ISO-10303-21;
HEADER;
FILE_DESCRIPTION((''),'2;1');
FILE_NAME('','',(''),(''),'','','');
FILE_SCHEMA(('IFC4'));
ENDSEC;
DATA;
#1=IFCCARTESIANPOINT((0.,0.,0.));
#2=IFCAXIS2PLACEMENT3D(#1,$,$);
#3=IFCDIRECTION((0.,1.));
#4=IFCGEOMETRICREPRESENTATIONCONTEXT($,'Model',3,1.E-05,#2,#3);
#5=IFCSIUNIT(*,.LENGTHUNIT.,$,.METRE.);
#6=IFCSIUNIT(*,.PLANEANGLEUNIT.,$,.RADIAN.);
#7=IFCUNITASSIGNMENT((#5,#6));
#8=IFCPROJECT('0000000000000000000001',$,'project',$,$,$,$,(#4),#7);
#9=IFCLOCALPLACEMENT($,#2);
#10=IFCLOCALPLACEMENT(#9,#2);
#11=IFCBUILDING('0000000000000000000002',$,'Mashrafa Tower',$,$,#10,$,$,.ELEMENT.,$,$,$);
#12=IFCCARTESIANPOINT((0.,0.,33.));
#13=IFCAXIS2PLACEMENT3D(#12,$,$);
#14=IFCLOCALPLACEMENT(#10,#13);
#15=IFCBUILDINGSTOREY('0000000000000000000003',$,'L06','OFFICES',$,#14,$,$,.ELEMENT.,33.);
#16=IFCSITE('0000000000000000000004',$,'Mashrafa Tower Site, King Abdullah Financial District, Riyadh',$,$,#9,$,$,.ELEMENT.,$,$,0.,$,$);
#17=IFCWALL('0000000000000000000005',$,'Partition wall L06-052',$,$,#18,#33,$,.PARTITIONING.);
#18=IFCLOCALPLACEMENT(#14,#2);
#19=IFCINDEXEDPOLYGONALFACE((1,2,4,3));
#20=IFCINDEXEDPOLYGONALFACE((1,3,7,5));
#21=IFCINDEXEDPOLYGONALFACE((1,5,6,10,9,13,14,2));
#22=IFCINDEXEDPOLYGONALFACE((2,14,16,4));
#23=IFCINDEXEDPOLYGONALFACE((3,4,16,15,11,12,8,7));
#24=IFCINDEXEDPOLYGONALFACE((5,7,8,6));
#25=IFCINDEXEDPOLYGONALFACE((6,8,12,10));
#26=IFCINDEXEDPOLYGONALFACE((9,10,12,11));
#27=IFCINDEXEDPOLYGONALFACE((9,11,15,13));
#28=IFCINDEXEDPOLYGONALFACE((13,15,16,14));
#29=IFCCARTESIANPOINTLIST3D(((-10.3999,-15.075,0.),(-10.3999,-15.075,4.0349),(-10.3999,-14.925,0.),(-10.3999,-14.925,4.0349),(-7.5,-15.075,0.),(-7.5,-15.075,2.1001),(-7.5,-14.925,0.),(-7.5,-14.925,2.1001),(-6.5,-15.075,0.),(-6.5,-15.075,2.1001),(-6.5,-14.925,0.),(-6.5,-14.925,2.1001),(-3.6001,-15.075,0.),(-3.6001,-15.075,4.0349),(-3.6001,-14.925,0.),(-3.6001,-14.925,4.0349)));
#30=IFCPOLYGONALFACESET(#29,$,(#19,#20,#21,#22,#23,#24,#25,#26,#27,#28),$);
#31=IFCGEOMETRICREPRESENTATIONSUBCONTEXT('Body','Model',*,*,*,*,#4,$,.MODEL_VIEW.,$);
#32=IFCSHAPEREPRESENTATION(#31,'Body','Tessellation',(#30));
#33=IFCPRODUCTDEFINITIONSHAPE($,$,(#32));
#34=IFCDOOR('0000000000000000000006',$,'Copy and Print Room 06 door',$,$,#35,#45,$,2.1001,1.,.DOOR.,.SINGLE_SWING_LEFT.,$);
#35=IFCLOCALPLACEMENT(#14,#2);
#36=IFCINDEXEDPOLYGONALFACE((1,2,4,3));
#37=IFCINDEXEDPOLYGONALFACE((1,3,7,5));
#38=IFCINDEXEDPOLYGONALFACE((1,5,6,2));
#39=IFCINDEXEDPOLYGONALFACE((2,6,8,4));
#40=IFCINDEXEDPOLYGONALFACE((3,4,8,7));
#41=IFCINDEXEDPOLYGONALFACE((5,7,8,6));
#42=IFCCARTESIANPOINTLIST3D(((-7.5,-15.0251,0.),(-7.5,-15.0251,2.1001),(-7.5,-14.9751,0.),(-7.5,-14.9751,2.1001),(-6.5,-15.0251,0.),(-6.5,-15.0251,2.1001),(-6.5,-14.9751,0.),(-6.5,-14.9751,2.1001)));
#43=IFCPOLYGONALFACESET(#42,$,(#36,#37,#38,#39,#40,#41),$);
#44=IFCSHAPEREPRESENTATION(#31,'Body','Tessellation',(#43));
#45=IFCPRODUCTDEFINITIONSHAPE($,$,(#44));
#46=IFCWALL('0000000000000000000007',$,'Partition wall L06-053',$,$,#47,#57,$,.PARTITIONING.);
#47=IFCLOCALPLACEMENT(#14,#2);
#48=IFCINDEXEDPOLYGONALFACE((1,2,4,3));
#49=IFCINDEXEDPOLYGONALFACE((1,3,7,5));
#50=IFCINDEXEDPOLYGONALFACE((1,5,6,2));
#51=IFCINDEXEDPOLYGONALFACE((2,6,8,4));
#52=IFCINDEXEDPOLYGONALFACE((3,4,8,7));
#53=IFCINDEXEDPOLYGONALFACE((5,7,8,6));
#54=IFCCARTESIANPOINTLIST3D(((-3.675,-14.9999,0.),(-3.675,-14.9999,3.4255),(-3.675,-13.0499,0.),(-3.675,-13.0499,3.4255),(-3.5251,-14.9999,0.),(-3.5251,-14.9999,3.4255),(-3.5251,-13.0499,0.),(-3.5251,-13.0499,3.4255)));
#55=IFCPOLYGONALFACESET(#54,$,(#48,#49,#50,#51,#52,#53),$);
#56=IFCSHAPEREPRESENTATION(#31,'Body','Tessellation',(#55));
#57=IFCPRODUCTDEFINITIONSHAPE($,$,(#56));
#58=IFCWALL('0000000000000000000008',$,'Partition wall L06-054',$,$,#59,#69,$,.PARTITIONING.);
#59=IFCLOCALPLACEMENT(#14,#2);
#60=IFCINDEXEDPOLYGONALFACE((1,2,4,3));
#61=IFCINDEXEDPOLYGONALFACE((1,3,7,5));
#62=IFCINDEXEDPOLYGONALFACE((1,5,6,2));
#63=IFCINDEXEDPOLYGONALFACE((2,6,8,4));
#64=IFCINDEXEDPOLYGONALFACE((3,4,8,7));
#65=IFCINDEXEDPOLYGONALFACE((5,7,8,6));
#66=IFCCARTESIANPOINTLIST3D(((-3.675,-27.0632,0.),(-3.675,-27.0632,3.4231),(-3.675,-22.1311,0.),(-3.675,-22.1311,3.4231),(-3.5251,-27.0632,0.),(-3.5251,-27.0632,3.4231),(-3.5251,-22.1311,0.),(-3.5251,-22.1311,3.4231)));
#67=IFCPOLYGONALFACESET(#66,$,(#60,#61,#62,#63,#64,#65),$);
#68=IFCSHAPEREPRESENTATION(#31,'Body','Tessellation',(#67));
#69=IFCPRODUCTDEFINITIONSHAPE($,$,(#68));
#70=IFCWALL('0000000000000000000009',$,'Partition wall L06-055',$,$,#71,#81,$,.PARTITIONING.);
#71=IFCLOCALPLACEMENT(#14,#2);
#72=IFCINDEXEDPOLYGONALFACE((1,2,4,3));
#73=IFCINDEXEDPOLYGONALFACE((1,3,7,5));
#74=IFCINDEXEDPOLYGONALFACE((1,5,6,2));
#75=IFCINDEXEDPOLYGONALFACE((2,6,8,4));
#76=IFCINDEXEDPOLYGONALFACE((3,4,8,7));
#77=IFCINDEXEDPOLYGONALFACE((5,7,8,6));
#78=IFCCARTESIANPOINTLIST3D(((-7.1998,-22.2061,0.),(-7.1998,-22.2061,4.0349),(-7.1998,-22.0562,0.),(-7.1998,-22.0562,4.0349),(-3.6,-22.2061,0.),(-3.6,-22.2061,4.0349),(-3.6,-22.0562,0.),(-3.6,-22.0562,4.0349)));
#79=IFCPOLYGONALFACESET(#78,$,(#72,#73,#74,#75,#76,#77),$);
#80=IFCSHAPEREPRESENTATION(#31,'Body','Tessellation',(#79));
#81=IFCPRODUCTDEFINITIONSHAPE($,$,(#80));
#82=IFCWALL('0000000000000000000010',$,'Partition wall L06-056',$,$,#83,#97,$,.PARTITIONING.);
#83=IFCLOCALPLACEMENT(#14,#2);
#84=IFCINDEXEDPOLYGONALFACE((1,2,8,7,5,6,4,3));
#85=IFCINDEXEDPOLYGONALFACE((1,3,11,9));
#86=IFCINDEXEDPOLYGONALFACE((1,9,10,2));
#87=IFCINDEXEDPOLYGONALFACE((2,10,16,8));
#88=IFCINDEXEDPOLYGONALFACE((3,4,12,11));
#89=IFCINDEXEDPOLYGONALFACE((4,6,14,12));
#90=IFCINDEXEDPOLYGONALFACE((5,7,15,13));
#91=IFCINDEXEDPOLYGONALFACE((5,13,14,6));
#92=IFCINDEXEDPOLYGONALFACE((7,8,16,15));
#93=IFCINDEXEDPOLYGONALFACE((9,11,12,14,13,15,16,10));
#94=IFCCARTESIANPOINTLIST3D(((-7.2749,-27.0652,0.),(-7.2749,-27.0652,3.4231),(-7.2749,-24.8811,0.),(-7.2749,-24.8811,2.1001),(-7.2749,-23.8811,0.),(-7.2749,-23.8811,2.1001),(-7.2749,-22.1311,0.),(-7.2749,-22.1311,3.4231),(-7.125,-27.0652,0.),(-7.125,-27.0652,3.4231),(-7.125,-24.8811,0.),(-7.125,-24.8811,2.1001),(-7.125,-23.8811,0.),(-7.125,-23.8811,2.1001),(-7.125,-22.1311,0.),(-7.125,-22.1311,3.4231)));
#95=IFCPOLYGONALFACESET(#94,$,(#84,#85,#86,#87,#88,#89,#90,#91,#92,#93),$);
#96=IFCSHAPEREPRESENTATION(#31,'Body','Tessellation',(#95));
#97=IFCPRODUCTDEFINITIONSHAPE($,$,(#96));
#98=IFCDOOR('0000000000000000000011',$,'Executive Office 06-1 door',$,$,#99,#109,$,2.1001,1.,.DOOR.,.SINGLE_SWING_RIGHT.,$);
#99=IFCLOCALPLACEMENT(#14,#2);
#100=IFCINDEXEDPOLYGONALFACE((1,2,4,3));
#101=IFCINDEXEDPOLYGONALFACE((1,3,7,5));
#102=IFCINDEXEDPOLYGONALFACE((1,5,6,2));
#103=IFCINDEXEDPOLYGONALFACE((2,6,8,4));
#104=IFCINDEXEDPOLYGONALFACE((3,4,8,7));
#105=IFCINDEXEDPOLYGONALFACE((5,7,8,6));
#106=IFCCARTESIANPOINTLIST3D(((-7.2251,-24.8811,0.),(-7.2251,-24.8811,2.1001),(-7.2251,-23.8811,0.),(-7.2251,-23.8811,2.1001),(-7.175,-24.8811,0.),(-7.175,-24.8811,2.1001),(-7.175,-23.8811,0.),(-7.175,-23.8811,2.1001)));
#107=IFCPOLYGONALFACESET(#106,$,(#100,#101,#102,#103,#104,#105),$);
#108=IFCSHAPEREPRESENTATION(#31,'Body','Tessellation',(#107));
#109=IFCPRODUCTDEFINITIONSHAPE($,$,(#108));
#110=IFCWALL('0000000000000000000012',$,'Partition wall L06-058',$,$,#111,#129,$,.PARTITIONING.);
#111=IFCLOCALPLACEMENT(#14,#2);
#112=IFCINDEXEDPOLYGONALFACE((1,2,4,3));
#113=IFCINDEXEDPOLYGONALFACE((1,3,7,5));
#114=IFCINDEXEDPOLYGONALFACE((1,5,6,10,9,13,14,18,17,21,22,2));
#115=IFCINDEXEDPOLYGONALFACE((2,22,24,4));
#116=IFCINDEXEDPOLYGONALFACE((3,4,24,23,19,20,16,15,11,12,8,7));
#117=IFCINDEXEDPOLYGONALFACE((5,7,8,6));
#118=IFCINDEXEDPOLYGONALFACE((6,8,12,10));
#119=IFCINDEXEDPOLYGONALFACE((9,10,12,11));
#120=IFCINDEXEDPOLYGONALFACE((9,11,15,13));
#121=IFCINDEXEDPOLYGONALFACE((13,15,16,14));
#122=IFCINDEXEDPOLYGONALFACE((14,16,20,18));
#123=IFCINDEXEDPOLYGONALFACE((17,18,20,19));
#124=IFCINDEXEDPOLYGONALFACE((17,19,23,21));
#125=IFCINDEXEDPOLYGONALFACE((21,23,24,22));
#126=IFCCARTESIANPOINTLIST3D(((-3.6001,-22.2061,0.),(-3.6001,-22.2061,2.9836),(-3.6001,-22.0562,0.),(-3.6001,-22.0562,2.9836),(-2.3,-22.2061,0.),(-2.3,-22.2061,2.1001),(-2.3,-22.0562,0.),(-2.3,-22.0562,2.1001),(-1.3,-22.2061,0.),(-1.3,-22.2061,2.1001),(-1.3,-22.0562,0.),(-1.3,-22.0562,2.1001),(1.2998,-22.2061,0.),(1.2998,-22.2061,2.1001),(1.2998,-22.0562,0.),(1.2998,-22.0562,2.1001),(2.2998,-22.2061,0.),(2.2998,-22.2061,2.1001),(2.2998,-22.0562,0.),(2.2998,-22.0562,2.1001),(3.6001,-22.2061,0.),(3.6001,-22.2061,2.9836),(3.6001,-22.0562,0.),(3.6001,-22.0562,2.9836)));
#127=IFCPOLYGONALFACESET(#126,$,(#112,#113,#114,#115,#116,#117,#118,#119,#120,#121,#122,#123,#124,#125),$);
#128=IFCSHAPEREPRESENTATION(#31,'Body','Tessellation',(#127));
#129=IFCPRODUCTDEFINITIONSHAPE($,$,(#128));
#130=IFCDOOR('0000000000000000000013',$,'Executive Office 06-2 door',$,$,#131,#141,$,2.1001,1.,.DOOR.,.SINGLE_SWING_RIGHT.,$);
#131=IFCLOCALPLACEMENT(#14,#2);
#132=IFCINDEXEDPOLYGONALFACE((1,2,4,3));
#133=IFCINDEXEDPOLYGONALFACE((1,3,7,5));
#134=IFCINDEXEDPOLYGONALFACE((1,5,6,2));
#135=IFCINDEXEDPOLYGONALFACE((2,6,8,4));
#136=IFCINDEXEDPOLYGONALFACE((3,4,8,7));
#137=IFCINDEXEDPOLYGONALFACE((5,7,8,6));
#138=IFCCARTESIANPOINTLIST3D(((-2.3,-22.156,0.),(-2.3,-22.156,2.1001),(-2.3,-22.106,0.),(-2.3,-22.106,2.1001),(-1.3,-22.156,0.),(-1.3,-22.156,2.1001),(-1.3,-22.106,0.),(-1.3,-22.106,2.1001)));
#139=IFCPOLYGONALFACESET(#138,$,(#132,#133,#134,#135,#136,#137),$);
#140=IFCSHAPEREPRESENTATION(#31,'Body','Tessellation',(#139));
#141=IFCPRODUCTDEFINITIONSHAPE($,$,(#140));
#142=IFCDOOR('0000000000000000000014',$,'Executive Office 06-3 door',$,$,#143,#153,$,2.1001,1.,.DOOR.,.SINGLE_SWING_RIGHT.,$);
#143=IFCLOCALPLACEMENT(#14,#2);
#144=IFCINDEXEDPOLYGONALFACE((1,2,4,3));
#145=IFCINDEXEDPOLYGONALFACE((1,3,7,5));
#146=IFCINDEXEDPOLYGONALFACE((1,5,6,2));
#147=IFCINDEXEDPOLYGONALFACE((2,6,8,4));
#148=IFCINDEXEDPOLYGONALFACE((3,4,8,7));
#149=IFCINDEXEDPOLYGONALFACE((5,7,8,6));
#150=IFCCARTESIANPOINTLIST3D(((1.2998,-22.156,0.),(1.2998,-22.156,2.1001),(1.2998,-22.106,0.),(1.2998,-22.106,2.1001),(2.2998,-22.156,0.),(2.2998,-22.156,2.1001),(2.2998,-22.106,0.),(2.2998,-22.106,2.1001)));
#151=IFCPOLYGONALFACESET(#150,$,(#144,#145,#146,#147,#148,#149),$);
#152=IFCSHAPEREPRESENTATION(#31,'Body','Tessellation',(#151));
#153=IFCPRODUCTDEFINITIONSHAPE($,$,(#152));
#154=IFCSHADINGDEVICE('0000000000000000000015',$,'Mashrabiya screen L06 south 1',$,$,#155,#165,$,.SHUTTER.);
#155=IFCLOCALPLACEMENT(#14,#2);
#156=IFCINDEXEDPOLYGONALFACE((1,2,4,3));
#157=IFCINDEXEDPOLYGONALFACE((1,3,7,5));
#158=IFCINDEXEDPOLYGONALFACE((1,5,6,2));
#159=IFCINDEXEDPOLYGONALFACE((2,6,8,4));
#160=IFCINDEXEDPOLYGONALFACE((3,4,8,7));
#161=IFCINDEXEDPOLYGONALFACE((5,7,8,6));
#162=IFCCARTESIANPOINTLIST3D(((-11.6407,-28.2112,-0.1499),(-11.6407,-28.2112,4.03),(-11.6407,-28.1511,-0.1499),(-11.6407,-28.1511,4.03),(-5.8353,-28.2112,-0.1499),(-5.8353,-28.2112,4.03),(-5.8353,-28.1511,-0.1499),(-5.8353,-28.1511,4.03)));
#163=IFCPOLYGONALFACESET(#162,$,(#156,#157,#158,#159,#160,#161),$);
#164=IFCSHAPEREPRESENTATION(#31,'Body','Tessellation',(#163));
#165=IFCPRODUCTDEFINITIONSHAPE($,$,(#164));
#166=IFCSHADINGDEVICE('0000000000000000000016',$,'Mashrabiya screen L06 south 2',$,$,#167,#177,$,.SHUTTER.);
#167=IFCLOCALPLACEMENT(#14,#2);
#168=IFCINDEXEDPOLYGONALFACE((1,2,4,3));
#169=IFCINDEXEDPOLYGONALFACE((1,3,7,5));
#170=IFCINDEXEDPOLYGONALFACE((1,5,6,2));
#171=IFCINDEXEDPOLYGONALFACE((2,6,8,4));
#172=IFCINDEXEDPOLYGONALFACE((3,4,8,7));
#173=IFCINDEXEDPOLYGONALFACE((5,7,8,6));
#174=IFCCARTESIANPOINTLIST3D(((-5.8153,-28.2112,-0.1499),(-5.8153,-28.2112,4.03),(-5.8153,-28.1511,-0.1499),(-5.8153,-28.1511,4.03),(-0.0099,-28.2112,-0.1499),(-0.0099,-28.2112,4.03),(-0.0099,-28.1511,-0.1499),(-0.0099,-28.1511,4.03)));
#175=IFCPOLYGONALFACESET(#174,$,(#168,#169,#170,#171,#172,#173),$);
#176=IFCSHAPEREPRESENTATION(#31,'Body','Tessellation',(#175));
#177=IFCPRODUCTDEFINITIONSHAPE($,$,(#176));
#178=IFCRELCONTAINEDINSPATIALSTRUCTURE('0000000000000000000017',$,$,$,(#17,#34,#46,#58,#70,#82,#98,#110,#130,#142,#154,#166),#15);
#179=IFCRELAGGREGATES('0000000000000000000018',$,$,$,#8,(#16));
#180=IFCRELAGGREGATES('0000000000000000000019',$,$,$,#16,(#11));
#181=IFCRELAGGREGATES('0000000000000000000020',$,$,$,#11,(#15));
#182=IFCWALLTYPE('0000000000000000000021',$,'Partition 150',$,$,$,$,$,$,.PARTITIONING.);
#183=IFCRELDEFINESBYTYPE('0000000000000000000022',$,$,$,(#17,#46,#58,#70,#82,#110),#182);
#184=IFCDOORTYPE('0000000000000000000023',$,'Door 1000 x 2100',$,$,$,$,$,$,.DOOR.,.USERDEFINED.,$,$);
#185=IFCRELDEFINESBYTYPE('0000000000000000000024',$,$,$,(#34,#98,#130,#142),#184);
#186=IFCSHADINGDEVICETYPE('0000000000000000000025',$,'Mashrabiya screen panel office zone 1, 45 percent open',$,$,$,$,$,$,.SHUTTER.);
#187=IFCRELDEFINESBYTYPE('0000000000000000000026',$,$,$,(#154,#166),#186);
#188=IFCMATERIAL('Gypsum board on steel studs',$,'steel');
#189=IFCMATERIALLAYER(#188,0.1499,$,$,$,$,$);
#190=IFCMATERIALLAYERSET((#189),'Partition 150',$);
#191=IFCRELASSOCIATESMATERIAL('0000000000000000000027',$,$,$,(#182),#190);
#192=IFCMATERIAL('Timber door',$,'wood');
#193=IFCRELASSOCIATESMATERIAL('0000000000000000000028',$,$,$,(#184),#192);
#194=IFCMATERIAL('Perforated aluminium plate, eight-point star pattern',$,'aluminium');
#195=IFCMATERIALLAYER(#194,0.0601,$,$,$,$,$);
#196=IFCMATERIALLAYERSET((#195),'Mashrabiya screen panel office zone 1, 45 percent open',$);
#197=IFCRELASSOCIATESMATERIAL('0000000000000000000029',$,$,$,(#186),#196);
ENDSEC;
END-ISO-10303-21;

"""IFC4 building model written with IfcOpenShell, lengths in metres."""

from ifc_helpers import new_model, si_unit, direction, frame, frame_2d, origin, origin_2d, place, context, subcontext, project, spatial, rectangle, extrude, source, transform, mapped, material, layer, layer_set, type_object, type_shapes, element, fill, save


model = new_model("IFC4")

# Units and contexts
model_context = context("Model", 3, precision=1e-05, world=origin(), true_north=direction((0.0, 1.0)))
body_context = subcontext(model_context, "Body", "Model", "MODEL_VIEW")
ifc_project = project(units=[si_unit("LENGTHUNIT", "METRE"), si_unit("PLANEANGLEUNIT", "RADIAN")], contexts=[model_context])

# Site, building, storey
site_placement = place(None, origin())
site = spatial("IfcSite", under=ifc_project, at=site_placement, Name="Mashrafa Tower Site, King Abdullah Financial District, Riyadh", CompositionType="ELEMENT", RefElevation=0.0)
building_placement = place(site_placement, origin())
building = spatial("IfcBuilding", under=site, at=building_placement, Name="Mashrafa Tower", CompositionType="ELEMENT")
storey_placement = place(building_placement, frame((0.0, 0.0, 33.0)))
storey = spatial("IfcBuildingStorey", under=building, at=storey_placement, Name="L06", Description="OFFICES", CompositionType="ELEMENT", Elevation=33.0)

# Wall, opening, door
ifc_material_1 = material(Name="Gypsum board on steel studs", Category="steel")
ifc_layer_1 = layer(ifc_material_1, 0.1499)
ifc_layer_set_1 = layer_set([ifc_layer_1], Name="Partition 150")
wall_type = type_object("IfcWallType", Name="Partition 150", PredefinedType="PARTITIONING", material=ifc_layer_set_1)
wall_1_placement = place(storey_placement, frame((-10.3999, -15.0, 0.0), z_axis=(0.0, 0.0, 1.0), x_axis=(1.0, 0.0, 0.0)))
wall_1 = element("IfcWall", 1, at=wall_1_placement, inside=storey, type_object=wall_type, Name="Partition wall L06-052", PredefinedType="PARTITIONING", context=body_context, shape_type="SweptSolid", body=[
    extrude(rectangle(XDim=6.7998, YDim=0.1499, at=frame_2d((3.3999, 0.0))), origin(), (0.0, 0.0, 1.0), 4.0349),
])
opening_1_placement = place(wall_1_placement, frame((2.8999, 0.0, 0.0)))
opening_1 = element("IfcOpeningElement", 2, at=opening_1_placement, cuts=wall_1, PredefinedType="OPENING", context=body_context, shape_type="SweptSolid", body=[
    extrude(rectangle(XDim=1.0, YDim=2.1001, at=frame_2d((0.5, 1.05))), frame((0.0, 0.085, 0.0), z_axis=(0.0, -1.0, 0.0), x_axis=(1.0, 0.0, 0.0)), (0.0, 0.0, 1.0), 0.1699),
])
ifc_material_2 = material(Name="Timber door", Category="wood")
door_type = type_object("IfcDoorType", Name="Door 1000 x 2100", OperationType="USERDEFINED", PredefinedType="DOOR", material=ifc_material_2)
door_1_placement = place(opening_1_placement, origin())
door_1 = element("IfcDoor", 3, at=door_1_placement, inside=storey, type_object=door_type, Name="Copy and Print Room 06 door", OperationType="SINGLE_SWING_LEFT", OverallHeight=2.1001, OverallWidth=1.0, PredefinedType="DOOR", context=body_context, shape_type="SweptSolid", body=[
    extrude(rectangle(XDim=1.0, YDim=2.1001, at=frame_2d((0.5, 1.05))), frame((0.0, 0.0249, 0.0), z_axis=(0.0, -1.0, 0.0), x_axis=(1.0, 0.0, 0.0)), (0.0, 0.0, 1.0), 0.05),
])
fill(opening_1, door_1)

# Walls
wall_2_placement = place(storey_placement, frame((-3.6001, -15.0, 0.0), z_axis=(0.0, 0.0, 1.0), x_axis=(0.0, 1.0, 0.0)))
element("IfcWall", 4, at=wall_2_placement, inside=storey, type_object=wall_type, Name="Partition wall L06-053", PredefinedType="PARTITIONING", context=body_context, shape_type="SweptSolid", body=[
    extrude(rectangle(XDim=1.95, YDim=0.1499, at=frame_2d((0.9751, 0.0))), origin(), (0.0, 0.0, 1.0), 3.4255),
])
wall_3_placement = place(storey_placement, frame((-3.6001, -27.0632, 0.0), z_axis=(0.0, 0.0, 1.0), x_axis=(0.0, 1.0, 0.0)))
element("IfcWall", 5, at=wall_3_placement, inside=storey, type_object=wall_type, Name="Partition wall L06-054", PredefinedType="PARTITIONING", context=body_context, shape_type="SweptSolid", body=[
    extrude(rectangle(XDim=4.9321, YDim=0.1499, at=frame_2d((2.4661, 0.0))), origin(), (0.0, 0.0, 1.0), 3.4231),
])
wall_4_placement = place(storey_placement, frame((-3.6001, -22.1311, 0.0), z_axis=(0.0, 0.0, 1.0), x_axis=(-1.0, 0.0, 0.0)))
element("IfcWall", 6, at=wall_4_placement, inside=storey, type_object=wall_type, Name="Partition wall L06-055", PredefinedType="PARTITIONING", context=body_context, shape_type="SweptSolid", body=[
    extrude(rectangle(XDim=3.5999, YDim=0.1499, at=frame_2d((1.7998, 0.0))), origin(), (0.0, 0.0, 1.0), 4.0349),
])

# Wall, opening, door
wall_5_placement = place(storey_placement, frame((-7.2, -22.1311, 0.0), z_axis=(0.0, 0.0, 1.0), x_axis=(0.0, -1.0, 0.0)))
wall_5 = element("IfcWall", 7, at=wall_5_placement, inside=storey, type_object=wall_type, Name="Partition wall L06-056", PredefinedType="PARTITIONING", context=body_context, shape_type="SweptSolid", body=[
    extrude(rectangle(XDim=4.9341, YDim=0.1499, at=frame_2d((2.467, 0.0))), origin(), (0.0, 0.0, 1.0), 3.4231),
])
opening_2_placement = place(wall_5_placement, frame((1.75, 0.0, 0.0)))
opening_2 = element("IfcOpeningElement", 8, at=opening_2_placement, cuts=wall_5, PredefinedType="OPENING", context=body_context, shape_type="SweptSolid", body=[
    extrude(rectangle(XDim=1.0, YDim=2.1001, at=frame_2d((0.5, 1.05))), frame((0.0, 0.085, 0.0), z_axis=(0.0, -1.0, 0.0), x_axis=(1.0, 0.0, 0.0)), (0.0, 0.0, 1.0), 0.1699),
])
door_2_placement = place(opening_2_placement, origin())
door_2 = element("IfcDoor", 9, at=door_2_placement, inside=storey, type_object=door_type, Name="Executive Office 06-1 door", OperationType="SINGLE_SWING_RIGHT", OverallHeight=2.1001, OverallWidth=1.0, PredefinedType="DOOR", context=body_context, shape_type="SweptSolid", body=[
    extrude(rectangle(XDim=1.0, YDim=2.1001, at=frame_2d((0.5, 1.05))), frame((0.0, 0.0249, 0.0), z_axis=(0.0, -1.0, 0.0), x_axis=(1.0, 0.0, 0.0)), (0.0, 0.0, 1.0), 0.05),
])
fill(opening_2, door_2)

# Wall, openings, doors
wall_6_placement = place(storey_placement, frame((-3.6001, -22.1311, 0.0), z_axis=(0.0, 0.0, 1.0), x_axis=(1.0, 0.0, 0.0)))
wall_6 = element("IfcWall", 10, at=wall_6_placement, inside=storey, type_object=wall_type, Name="Partition wall L06-058", PredefinedType="PARTITIONING", context=body_context, shape_type="SweptSolid", body=[
    extrude(rectangle(XDim=7.2002, YDim=0.1499, at=frame_2d((3.6001, 0.0))), origin(), (0.0, 0.0, 1.0), 2.9836),
])
opening_3_placement = place(wall_6_placement, frame((1.3, 0.0, 0.0)))
opening_3 = element("IfcOpeningElement", 11, at=opening_3_placement, cuts=wall_6, PredefinedType="OPENING", context=body_context, shape_type="SweptSolid", body=[
    extrude(rectangle(XDim=1.0, YDim=2.1001, at=frame_2d((0.5, 1.05))), frame((0.0, 0.085, 0.0), z_axis=(0.0, -1.0, 0.0), x_axis=(1.0, 0.0, 0.0)), (0.0, 0.0, 1.0), 0.1699),
])
opening_4_placement = place(wall_6_placement, frame((4.8999, 0.0, 0.0)))
opening_4 = element("IfcOpeningElement", 12, at=opening_4_placement, cuts=wall_6, PredefinedType="OPENING", context=body_context, shape_type="SweptSolid", body=[
    extrude(rectangle(XDim=1.0, YDim=2.1001, at=frame_2d((0.5, 1.05))), frame((0.0, 0.085, 0.0), z_axis=(0.0, -1.0, 0.0), x_axis=(1.0, 0.0, 0.0)), (0.0, 0.0, 1.0), 0.1699),
])
door_3_placement = place(opening_3_placement, frame((1.0, 0.0, 0.0), z_axis=(0.0, 0.0, 1.0), x_axis=(-1.0, 0.0, 0.0)))
door_3 = element("IfcDoor", 13, at=door_3_placement, inside=storey, type_object=door_type, Name="Executive Office 06-2 door", OperationType="SINGLE_SWING_RIGHT", OverallHeight=2.1001, OverallWidth=1.0, PredefinedType="DOOR", context=body_context, shape_type="SweptSolid", body=[
    extrude(rectangle(XDim=1.0, YDim=2.1001, at=frame_2d((0.5, 1.05))), frame((0.0, 0.0249, 0.0), z_axis=(0.0, -1.0, 0.0), x_axis=(1.0, 0.0, 0.0)), (0.0, 0.0, 1.0), 0.05),
])
fill(opening_3, door_3)
door_4_placement = place(opening_4_placement, frame((1.0, 0.0, 0.0), z_axis=(0.0, 0.0, 1.0), x_axis=(-1.0, 0.0, 0.0)))
door_4 = element("IfcDoor", 14, at=door_4_placement, inside=storey, type_object=door_type, Name="Executive Office 06-3 door", OperationType="SINGLE_SWING_RIGHT", OverallHeight=2.1001, OverallWidth=1.0, PredefinedType="DOOR", context=body_context, shape_type="SweptSolid", body=[
    extrude(rectangle(XDim=1.0, YDim=2.1001, at=frame_2d((0.5, 1.05))), frame((0.0, 0.0249, 0.0), z_axis=(0.0, -1.0, 0.0), x_axis=(1.0, 0.0, 0.0)), (0.0, 0.0, 1.0), 0.05),
])
fill(opening_4, door_4)

# Shading devices
ifc_material_3 = material(Name="Perforated aluminium plate, eight-point star pattern", Category="aluminium")
ifc_layer_2 = layer(ifc_material_3, 0.0601)
ifc_layer_set_2 = layer_set([ifc_layer_2], Name="Mashrabiya screen panel office zone 1, 45 percent open")
shading_device_type = type_object("IfcShadingDeviceType", Name="Mashrabiya screen panel office zone 1, 45 percent open", PredefinedType="SHUTTER", material=ifc_layer_set_2)
shared_shape_1 = source(origin(), body_context, "Body", "SweptSolid", [
    extrude(rectangle(XDim=5.8054, YDim=0.0601, at=origin_2d()), origin(), (0.0, 0.0, 1.0), 4.1799),
])
type_shapes(shading_device_type, [shared_shape_1])
for number, where, z_axis, x_axis, name in (
    (15, (-8.738, -28.1812, -0.1499), (0.0, 0.0, 1.0), (1.0, 0.0, 0.0), "Mashrabiya screen L06 south 1"),
    (16, (-2.9126, -28.1812, -0.1499), (0.0, 0.0, 1.0), (1.0, 0.0, 0.0), "Mashrabiya screen L06 south 2"),
):
    element("IfcShadingDevice", number, at=place(storey_placement, frame(where, z_axis=z_axis, x_axis=x_axis)), inside=storey, type_object=shading_device_type, Name=name, PredefinedType="SHUTTER", context=body_context, shape_type="MappedRepresentation", body=[
        mapped(shared_shape_1, transform((0.0, 0.0, 0.0))),
    ])

save(model, "model.ifc")
